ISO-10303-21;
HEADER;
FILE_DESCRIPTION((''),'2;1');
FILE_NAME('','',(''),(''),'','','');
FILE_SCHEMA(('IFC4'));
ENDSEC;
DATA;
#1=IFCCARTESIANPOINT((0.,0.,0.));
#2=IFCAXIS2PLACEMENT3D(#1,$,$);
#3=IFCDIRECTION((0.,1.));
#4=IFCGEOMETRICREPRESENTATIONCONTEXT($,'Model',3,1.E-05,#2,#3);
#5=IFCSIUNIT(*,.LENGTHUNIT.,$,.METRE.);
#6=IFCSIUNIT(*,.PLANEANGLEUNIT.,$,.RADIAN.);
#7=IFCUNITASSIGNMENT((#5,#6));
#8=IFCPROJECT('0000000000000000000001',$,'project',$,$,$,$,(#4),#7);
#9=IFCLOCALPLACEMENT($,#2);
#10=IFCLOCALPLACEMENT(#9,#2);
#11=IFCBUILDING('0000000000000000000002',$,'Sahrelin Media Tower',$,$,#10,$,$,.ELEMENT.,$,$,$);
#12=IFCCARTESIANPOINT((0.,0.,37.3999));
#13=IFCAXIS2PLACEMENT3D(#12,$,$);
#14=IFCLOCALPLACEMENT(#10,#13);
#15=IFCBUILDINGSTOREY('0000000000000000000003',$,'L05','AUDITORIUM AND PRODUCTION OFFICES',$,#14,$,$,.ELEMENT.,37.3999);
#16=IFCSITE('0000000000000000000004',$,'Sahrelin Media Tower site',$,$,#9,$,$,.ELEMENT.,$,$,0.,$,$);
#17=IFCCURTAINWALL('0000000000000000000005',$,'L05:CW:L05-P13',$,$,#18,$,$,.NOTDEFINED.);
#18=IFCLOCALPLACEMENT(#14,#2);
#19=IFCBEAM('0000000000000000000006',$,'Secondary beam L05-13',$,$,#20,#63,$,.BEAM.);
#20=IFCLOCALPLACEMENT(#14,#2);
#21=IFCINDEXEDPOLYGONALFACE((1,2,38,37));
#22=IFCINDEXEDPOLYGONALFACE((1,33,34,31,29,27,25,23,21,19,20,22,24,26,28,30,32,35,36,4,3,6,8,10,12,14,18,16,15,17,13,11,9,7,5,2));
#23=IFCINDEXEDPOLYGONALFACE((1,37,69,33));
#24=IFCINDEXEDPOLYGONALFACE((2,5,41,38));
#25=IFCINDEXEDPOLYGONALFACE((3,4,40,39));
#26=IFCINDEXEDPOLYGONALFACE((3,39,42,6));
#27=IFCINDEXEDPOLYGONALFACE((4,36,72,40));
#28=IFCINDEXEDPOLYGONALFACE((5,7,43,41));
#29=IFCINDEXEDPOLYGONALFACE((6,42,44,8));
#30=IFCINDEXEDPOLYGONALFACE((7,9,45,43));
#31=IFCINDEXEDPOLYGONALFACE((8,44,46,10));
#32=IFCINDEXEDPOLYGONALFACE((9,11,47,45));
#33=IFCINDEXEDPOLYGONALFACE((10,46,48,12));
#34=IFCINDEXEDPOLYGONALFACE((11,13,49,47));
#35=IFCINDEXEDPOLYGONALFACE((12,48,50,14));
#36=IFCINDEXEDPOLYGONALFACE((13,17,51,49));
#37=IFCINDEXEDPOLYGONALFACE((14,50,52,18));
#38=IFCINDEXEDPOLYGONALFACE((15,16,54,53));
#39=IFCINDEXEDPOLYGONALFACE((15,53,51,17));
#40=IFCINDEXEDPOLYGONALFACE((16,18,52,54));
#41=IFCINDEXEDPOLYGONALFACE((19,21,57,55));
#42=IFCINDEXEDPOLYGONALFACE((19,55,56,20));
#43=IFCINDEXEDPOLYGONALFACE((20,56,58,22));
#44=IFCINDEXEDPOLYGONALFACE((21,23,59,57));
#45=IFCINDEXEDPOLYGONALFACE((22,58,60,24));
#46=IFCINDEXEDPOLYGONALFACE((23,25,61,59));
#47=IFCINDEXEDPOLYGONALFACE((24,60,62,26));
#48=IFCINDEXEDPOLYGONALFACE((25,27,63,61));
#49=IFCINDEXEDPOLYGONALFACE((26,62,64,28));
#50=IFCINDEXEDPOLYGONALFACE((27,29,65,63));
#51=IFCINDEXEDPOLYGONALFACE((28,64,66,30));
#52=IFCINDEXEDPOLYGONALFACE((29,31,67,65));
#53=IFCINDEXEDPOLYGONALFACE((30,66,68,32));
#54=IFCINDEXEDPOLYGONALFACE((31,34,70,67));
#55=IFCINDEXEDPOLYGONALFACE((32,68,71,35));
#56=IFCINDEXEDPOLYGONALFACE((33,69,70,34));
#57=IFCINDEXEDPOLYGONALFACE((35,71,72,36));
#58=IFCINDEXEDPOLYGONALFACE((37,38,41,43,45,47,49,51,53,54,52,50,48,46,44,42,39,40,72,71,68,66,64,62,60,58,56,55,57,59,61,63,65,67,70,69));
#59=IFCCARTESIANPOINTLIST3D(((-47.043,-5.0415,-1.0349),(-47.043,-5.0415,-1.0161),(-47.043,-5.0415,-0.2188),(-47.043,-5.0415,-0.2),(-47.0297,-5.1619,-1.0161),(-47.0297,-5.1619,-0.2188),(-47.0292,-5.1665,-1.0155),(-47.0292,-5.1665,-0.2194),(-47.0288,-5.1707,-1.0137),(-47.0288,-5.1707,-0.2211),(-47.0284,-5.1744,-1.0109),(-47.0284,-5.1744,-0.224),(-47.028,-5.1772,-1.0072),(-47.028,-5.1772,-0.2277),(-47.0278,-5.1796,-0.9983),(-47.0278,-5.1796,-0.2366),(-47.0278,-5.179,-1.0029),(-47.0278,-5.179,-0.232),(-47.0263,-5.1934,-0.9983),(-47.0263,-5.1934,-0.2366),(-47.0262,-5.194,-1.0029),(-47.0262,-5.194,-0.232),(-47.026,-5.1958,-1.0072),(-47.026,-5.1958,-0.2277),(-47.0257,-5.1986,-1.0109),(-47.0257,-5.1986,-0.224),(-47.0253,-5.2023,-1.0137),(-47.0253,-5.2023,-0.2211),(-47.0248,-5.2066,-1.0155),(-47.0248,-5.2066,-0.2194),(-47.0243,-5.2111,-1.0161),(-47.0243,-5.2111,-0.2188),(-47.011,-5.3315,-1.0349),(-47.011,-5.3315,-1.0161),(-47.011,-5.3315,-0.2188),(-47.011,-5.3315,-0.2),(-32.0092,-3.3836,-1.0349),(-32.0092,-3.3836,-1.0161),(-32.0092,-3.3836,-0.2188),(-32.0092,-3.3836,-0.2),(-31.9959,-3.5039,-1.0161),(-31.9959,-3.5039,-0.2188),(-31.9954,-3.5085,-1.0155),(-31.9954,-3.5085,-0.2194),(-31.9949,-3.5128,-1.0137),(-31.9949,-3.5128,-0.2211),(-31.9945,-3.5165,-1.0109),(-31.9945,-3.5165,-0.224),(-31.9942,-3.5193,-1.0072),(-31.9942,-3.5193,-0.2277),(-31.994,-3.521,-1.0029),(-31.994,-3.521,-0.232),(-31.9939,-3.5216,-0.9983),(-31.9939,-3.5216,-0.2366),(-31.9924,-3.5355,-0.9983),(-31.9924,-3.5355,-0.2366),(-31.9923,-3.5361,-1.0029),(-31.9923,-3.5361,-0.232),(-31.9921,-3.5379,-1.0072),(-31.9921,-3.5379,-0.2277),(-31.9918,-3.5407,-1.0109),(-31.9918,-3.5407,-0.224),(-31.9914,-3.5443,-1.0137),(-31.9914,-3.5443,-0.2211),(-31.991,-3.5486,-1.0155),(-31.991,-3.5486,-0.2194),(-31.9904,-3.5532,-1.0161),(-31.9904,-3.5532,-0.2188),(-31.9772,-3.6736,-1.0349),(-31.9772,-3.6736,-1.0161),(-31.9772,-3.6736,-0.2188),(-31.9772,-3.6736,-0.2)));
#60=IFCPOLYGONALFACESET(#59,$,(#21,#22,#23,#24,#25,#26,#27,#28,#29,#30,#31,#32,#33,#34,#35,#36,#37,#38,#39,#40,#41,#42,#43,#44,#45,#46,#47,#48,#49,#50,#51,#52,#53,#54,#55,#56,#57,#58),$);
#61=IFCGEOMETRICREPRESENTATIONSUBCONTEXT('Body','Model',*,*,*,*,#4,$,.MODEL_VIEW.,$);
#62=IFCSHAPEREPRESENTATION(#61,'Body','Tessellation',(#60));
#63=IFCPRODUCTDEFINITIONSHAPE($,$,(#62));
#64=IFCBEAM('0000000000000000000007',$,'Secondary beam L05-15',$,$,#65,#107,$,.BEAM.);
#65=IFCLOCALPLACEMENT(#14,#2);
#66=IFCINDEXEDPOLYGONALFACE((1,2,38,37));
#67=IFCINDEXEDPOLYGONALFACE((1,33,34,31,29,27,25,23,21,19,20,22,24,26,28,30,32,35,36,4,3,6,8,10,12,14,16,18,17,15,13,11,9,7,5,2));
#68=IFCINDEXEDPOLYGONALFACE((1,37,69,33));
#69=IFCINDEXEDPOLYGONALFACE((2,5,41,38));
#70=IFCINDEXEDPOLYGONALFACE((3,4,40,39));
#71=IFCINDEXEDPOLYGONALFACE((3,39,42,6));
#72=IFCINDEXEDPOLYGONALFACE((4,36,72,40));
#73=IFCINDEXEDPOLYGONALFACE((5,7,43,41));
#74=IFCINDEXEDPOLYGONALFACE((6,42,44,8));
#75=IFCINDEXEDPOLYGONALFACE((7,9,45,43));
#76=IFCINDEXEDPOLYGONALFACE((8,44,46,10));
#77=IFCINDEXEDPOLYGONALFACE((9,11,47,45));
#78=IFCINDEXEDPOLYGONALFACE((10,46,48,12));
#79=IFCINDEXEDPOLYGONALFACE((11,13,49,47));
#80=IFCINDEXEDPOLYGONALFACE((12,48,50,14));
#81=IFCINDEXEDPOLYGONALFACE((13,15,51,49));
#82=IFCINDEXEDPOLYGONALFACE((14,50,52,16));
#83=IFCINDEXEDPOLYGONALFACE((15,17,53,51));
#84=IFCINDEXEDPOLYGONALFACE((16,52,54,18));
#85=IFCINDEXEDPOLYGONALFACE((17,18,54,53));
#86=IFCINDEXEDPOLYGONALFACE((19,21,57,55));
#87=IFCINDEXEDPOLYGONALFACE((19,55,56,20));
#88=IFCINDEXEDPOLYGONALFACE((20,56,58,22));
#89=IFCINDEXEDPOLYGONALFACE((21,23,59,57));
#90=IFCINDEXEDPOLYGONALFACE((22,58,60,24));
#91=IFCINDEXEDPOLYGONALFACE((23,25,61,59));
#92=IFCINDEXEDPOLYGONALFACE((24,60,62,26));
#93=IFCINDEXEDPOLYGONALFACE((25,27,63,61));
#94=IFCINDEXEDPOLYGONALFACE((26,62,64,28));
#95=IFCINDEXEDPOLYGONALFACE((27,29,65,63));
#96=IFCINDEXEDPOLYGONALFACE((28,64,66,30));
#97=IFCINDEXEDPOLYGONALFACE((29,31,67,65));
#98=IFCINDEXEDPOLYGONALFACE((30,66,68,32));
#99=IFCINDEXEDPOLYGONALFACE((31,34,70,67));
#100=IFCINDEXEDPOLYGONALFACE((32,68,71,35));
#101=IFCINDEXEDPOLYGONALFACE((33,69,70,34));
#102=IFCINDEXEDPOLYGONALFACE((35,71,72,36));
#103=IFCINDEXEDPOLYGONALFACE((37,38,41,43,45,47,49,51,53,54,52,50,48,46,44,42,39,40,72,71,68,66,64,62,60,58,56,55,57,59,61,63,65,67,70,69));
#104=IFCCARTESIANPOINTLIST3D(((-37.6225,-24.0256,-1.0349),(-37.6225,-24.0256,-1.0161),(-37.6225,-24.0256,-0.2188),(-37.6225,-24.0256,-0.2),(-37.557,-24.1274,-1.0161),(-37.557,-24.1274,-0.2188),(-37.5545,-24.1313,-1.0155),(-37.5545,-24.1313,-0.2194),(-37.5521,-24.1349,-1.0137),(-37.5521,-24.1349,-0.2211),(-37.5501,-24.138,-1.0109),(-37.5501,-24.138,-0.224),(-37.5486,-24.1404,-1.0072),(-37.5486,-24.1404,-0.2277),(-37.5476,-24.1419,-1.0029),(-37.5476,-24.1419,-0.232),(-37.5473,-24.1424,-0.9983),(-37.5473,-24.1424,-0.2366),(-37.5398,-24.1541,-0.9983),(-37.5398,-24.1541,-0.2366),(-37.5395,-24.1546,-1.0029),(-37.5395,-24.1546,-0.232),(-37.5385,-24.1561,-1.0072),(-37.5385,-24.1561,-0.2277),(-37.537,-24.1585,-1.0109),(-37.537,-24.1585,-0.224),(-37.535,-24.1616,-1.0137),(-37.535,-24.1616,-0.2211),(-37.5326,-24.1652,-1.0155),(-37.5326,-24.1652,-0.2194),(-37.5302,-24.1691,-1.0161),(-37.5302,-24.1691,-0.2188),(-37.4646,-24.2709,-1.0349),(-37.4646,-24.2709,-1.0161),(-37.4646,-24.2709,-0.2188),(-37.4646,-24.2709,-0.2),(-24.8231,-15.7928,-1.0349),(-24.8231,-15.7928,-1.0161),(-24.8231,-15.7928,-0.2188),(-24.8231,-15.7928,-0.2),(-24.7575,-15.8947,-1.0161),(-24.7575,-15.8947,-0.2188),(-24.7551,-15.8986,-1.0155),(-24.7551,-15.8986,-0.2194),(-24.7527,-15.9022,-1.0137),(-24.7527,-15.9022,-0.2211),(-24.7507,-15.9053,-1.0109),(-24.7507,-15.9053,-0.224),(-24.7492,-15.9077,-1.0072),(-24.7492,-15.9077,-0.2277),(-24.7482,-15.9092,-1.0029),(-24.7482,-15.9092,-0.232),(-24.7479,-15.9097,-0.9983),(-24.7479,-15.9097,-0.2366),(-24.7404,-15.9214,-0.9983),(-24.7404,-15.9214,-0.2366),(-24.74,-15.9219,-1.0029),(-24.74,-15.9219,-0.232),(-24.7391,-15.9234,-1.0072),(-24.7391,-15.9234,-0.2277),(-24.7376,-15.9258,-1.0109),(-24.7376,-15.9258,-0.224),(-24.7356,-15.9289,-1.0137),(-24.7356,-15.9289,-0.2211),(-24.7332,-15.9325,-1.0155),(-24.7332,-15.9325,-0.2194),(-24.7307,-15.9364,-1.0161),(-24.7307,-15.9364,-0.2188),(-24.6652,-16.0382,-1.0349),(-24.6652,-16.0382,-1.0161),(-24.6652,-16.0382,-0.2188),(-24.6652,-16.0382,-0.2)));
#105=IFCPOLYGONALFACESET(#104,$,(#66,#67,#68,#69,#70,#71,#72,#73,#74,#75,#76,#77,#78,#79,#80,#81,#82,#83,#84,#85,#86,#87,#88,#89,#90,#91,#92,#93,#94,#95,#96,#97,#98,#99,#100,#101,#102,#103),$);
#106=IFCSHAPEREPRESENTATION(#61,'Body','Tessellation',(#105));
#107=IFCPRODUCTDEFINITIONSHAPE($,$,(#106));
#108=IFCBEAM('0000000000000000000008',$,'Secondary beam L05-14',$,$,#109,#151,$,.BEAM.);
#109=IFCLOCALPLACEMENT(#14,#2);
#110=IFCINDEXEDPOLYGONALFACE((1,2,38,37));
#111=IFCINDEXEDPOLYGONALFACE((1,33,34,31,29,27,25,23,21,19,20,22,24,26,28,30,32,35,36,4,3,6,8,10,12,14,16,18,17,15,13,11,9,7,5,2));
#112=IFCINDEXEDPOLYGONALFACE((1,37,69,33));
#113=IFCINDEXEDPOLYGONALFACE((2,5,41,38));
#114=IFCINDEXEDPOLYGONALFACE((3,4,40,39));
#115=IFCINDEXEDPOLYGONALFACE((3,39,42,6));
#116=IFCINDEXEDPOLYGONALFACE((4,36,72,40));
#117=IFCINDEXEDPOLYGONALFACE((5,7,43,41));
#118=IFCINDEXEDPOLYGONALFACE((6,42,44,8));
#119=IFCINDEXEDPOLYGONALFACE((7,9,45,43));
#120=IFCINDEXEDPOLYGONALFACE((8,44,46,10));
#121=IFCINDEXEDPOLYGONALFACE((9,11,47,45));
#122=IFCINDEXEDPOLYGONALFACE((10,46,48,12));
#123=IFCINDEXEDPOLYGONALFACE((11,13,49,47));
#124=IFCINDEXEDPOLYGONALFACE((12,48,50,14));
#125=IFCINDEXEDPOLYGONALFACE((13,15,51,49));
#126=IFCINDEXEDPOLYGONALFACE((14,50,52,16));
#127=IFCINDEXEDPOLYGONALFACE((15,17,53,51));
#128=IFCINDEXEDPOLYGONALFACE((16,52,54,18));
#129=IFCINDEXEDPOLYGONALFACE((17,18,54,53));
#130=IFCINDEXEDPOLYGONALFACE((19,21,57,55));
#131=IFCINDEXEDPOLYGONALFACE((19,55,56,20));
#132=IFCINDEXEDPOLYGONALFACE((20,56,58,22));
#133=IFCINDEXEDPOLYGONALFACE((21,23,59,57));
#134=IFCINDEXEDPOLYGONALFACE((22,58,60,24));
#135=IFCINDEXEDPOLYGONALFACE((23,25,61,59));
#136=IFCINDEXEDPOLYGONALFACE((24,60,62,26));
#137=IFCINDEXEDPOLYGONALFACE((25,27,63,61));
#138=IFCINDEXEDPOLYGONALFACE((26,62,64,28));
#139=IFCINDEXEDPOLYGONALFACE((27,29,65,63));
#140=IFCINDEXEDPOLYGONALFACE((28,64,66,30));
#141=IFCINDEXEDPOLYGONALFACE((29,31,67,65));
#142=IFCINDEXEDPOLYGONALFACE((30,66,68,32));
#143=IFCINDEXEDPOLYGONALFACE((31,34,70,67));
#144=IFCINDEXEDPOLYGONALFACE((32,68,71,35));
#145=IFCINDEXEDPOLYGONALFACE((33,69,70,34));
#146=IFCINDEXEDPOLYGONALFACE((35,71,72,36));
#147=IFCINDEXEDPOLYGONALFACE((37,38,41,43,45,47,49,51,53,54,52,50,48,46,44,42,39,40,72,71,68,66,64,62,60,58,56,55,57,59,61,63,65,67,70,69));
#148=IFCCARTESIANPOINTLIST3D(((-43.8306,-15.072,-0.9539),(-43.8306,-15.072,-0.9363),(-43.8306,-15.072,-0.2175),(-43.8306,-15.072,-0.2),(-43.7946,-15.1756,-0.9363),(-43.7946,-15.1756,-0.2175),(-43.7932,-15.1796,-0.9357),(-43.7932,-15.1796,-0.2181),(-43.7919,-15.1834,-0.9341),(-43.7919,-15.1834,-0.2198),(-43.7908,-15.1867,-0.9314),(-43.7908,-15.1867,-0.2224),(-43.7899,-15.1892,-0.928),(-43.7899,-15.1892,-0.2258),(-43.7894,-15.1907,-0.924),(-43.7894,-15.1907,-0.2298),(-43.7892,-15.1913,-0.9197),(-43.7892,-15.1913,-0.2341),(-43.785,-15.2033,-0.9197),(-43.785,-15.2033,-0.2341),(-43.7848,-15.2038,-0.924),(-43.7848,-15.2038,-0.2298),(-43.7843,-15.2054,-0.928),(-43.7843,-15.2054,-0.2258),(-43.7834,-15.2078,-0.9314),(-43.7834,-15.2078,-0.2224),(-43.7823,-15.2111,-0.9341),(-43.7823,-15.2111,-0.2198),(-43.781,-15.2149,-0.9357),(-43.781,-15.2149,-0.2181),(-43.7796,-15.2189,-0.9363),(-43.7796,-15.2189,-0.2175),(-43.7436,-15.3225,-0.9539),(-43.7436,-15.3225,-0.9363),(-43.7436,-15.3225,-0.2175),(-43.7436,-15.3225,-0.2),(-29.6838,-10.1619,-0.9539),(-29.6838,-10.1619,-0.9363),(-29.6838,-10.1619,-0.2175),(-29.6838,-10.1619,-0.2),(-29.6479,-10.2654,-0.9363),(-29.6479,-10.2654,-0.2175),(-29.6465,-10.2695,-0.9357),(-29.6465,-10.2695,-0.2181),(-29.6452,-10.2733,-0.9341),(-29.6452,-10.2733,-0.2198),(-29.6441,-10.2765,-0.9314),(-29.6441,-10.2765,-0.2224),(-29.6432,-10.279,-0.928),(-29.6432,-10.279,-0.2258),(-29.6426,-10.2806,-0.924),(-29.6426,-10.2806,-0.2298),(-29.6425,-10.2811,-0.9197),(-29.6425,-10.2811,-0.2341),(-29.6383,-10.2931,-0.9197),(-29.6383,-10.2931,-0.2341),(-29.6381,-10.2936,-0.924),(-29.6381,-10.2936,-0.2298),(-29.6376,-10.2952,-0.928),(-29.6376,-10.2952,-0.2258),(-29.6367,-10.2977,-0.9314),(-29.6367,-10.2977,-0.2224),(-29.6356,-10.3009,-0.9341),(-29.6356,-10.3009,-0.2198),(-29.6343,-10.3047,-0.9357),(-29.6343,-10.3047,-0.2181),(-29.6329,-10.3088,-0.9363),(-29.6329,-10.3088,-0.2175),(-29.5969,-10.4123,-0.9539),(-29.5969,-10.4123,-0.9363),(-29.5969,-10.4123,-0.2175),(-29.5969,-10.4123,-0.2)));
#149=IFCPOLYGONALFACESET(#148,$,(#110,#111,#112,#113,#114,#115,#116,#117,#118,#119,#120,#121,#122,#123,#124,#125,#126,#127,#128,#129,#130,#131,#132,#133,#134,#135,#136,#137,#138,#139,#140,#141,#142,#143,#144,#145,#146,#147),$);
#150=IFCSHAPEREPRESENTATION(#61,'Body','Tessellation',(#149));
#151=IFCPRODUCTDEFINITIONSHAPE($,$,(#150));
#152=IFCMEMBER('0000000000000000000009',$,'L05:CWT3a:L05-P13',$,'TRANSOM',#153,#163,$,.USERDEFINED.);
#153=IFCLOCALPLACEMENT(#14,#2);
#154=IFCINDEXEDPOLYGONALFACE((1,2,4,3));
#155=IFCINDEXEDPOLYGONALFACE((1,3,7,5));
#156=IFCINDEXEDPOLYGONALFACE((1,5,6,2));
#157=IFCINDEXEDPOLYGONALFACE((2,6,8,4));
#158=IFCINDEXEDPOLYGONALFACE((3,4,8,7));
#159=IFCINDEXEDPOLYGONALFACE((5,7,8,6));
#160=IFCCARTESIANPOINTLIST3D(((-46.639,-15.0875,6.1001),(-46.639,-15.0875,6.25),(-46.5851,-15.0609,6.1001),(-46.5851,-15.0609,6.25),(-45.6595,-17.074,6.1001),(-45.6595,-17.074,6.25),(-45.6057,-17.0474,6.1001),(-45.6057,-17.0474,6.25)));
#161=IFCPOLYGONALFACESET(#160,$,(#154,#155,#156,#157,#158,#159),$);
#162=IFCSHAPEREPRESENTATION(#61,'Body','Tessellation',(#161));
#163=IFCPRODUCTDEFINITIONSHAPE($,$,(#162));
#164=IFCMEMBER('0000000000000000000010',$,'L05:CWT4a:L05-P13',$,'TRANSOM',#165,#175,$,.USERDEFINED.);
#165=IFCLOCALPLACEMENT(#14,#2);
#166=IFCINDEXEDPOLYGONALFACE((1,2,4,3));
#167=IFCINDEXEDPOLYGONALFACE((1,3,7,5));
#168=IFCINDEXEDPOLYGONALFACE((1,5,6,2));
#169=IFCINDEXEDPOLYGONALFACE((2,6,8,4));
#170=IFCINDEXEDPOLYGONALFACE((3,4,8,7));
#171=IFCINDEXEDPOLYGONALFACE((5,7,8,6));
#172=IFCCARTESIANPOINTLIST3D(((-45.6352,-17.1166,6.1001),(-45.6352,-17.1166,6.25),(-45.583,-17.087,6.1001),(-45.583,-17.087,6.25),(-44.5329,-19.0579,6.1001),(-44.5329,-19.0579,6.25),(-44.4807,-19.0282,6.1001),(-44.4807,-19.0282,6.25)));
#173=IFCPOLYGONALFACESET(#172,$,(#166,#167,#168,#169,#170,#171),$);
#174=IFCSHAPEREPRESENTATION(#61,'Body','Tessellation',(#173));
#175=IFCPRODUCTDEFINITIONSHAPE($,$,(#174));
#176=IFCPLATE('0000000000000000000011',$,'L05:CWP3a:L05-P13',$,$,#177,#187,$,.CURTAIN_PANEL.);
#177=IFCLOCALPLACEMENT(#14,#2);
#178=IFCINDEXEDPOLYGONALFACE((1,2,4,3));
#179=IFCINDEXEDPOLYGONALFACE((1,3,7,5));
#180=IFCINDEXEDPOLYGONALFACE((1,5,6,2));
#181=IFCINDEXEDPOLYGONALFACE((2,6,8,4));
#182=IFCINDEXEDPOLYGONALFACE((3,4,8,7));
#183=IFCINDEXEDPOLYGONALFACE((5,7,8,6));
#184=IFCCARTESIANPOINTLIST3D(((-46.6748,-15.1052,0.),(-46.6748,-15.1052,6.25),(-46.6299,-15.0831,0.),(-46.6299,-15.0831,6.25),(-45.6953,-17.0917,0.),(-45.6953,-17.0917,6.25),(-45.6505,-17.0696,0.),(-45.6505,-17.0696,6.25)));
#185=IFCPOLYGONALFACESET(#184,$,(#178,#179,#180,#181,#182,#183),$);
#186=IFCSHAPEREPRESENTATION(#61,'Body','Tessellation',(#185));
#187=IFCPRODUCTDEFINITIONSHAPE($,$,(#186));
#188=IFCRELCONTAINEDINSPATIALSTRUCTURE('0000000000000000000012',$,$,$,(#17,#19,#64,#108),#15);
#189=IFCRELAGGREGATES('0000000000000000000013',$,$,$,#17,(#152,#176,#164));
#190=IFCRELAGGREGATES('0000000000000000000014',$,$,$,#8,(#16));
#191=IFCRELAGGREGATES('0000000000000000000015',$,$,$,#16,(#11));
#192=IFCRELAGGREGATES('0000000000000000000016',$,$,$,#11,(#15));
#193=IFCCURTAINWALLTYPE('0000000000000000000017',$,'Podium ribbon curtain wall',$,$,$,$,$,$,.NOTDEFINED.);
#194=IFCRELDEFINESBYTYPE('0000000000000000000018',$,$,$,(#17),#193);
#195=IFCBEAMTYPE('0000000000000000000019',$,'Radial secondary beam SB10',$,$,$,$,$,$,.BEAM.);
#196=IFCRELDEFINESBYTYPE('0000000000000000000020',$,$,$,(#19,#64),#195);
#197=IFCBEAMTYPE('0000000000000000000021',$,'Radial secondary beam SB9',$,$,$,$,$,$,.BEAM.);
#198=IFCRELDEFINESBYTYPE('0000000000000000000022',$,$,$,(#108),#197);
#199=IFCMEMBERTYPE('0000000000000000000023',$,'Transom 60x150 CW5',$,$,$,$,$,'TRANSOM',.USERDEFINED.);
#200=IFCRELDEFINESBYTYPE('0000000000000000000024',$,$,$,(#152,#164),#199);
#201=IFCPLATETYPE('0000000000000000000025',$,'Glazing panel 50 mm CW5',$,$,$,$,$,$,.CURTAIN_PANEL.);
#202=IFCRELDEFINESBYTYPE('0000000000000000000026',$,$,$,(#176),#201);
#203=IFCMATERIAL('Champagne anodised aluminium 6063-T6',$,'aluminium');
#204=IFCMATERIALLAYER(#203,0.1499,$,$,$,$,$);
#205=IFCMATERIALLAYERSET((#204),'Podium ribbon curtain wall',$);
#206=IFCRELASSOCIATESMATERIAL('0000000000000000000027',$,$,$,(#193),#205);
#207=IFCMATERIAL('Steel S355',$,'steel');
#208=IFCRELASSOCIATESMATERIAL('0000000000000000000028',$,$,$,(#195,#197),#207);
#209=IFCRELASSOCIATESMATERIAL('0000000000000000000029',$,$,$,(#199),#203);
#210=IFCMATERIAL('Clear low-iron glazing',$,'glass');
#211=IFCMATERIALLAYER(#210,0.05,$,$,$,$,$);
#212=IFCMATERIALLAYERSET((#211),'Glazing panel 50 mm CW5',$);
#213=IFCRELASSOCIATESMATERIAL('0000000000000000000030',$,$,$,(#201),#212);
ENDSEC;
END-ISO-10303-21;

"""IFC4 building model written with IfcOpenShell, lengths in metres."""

from ifc_helpers import new_model, si_unit, direction, frame, origin, origin_2d, place, context, subcontext, project, spatial, polyline, rectangle, i_section, outline, extrude, material, layer, layer_set, material_profile, profile_set, type_object, element, aggregate, save


model = new_model("IFC4")

# Units and contexts
model_context = context("Model", 3, precision=1e-05, world=origin(), true_north=direction((0.0, 1.0)))
body_context = subcontext(model_context, "Body", "Model", "MODEL_VIEW")
ifc_project = project(units=[si_unit("LENGTHUNIT", "METRE"), si_unit("PLANEANGLEUNIT", "RADIAN")], contexts=[model_context])

# Site, building, storey
site_placement = place(None, origin())
site = spatial("IfcSite", under=ifc_project, at=site_placement, Name="Sahrelin Media Tower site", CompositionType="ELEMENT", RefElevation=0.0)
building_placement = place(site_placement, origin())
building = spatial("IfcBuilding", under=site, at=building_placement, Name="Sahrelin Media Tower", CompositionType="ELEMENT")
storey_placement = place(building_placement, frame((0.0, 0.0, 37.3999)))
storey = spatial("IfcBuildingStorey", under=building, at=storey_placement, Name="L05", Description="AUDITORIUM AND PRODUCTION OFFICES", CompositionType="ELEMENT", Elevation=37.3999)

# Curtain wall
ifc_material_1 = material(Name="Champagne anodised aluminium 6063-T6", Category="aluminium")
ifc_layer_1 = layer(ifc_material_1, 0.1499)
ifc_layer_set_1 = layer_set([ifc_layer_1], Name="Podium ribbon curtain wall")
curtain_wall_type = type_object("IfcCurtainWallType", Name="Podium ribbon curtain wall", PredefinedType="NOTDEFINED", material=ifc_layer_set_1)
curtain_wall_placement = place(storey_placement, frame((-48.2964, -10.8704, 0.0), z_axis=(0.0, 0.0, 1.0), x_axis=(1.0, 0.0, 0.0)))
curtain_wall = element("IfcCurtainWall", 1, at=curtain_wall_placement, inside=storey, type_object=curtain_wall_type, Name="L05:CW:L05-P13", PredefinedType="NOTDEFINED")

# Beams
ifc_material_2 = material(Name="Steel S355", Category="steel")
ifc_material_profile_1 = material_profile(ifc_material_2, i_section(OverallWidth=0.2917, OverallDepth=0.835, WebThickness=0.0139, FlangeThickness=0.0188, FilletRadius=0.0178, at=origin_2d()), Name="UB 838x292x176")
ifc_profile_set_1 = profile_set([ifc_material_profile_1], Name="Steel S355")
beam_type_1 = type_object("IfcBeamType", Name="Radial secondary beam SB10", PredefinedType="BEAM", material=ifc_profile_set_1)
beam_1_placement = place(storey_placement, frame((-31.9932, -3.5286, -0.6174), z_axis=(-0.993974, -0.109617, 0.0), x_axis=(0.109617, -0.993974, 0.0)))
element("IfcBeam", 2, at=beam_1_placement, inside=storey, type_object=beam_type_1, Name="Secondary beam L05-13", PredefinedType="BEAM", context=body_context, shape_type="SweptSolid", body=[
    extrude(i_section(OverallWidth=0.2917, OverallDepth=0.835, WebThickness=0.0139, FlangeThickness=0.0188, FilletRadius=0.0178, at=origin_2d()), origin(), (0.0, 0.0, 1.0), 15.125),
])
beam_2_placement = place(storey_placement, frame((-24.7441, -15.9155, -0.6174), z_axis=(-0.841043, -0.540968, 0.0), x_axis=(0.540968, -0.841043, 0.0)))
element("IfcBeam", 3, at=beam_2_placement, inside=storey, type_object=beam_type_1, Name="Secondary beam L05-15", PredefinedType="BEAM", context=body_context, shape_type="SweptSolid", body=[
    extrude(i_section(OverallWidth=0.2917, OverallDepth=0.835, WebThickness=0.0139, FlangeThickness=0.0188, FilletRadius=0.0178, at=origin_2d()), origin(), (0.0, 0.0, 1.0), 15.2185),
])
ifc_material_profile_2 = material_profile(ifc_material_2, i_section(OverallWidth=0.2651, OverallDepth=0.7539, WebThickness=0.0127, FlangeThickness=0.0176, FilletRadius=0.0166, at=origin_2d()), Name="UB 762x267x147")
ifc_profile_set_2 = profile_set([ifc_material_profile_2], Name="Steel S355")
beam_type_2 = type_object("IfcBeamType", Name="Radial secondary beam SB9", PredefinedType="BEAM", material=ifc_profile_set_2)
beam_3_placement = place(storey_placement, frame((-29.6404, -10.2871, -0.5769), z_axis=(-0.944713, -0.327898, 0.0), x_axis=(0.327898, -0.944713, 0.0)))
element("IfcBeam", 4, at=beam_3_placement, inside=storey, type_object=beam_type_2, Name="Secondary beam L05-14", PredefinedType="BEAM", context=body_context, shape_type="SweptSolid", body=[
    extrude(i_section(OverallWidth=0.2651, OverallDepth=0.7539, WebThickness=0.0127, FlangeThickness=0.0176, FilletRadius=0.0166, at=origin_2d()), origin(), (0.0, 0.0, 1.0), 14.9746),
])

# Members
ifc_material_profile_3 = material_profile(ifc_material_1, rectangle(XDim=0.0601, YDim=0.1499, at=origin_2d()), Name="Transom 60x150")
ifc_profile_set_3 = profile_set([ifc_material_profile_3], Name="Champagne anodised aluminium 6063-T6")
member_type_1 = type_object("IfcMemberType", Name="Transom 60x150 CW5", ElementType="TRANSOM", PredefinedType="USERDEFINED", material=ifc_profile_set_3)
member_1_placement = place(storey_placement, frame((-46.6121, -15.0742, 6.175), z_axis=(0.442224, -0.896904, 0.0), x_axis=(0.896904, 0.442224, 0.0)))
member_1 = element("IfcMember", 5, at=member_1_placement, type_object=member_type_1, Name="L05:CWT3a:L05-P13", ObjectType="TRANSOM", PredefinedType="USERDEFINED", context=body_context, shape_type="SweptSolid", body=[
    extrude(rectangle(XDim=0.0601, YDim=0.1499, at=origin_2d()), origin(), (0.0, 0.0, 1.0), 2.2148),
])
member_2_placement = place(storey_placement, frame((-45.6091, -17.1018, 6.175), z_axis=(0.493793, -0.869579, 0.0), x_axis=(0.869579, 0.493793, 0.0)))
member_2 = element("IfcMember", 6, at=member_2_placement, type_object=member_type_1, Name="L05:CWT4a:L05-P13", ObjectType="TRANSOM", PredefinedType="USERDEFINED", context=body_context, shape_type="SweptSolid", body=[
    extrude(rectangle(XDim=0.0601, YDim=0.1499, at=origin_2d()), origin(), (0.0, 0.0, 1.0), 2.2324),
])

# Plate
ifc_material_3 = material(Name="Clear low-iron glazing", Category="glass")
ifc_layer_2 = layer(ifc_material_3, 0.05)
ifc_layer_set_2 = layer_set([ifc_layer_2], Name="Glazing panel 50 mm CW5")
plate_type = type_object("IfcPlateType", Name="Glazing panel 50 mm CW5", PredefinedType="CURTAIN_PANEL", material=ifc_layer_set_2)
plate_1_placement = place(storey_placement, frame((-46.6748, -15.1052, 0.0), z_axis=(-0.896904, -0.442224, 0.0), x_axis=(0.442224, -0.896904, 0.0)))
plate_1 = element("IfcPlate", 7, at=plate_1_placement, type_object=plate_type, Name="L05:CWP3a:L05-P13", PredefinedType="CURTAIN_PANEL", context=body_context, shape_type="SweptSolid", body=[
    extrude(outline(polyline([(0.0, 0.0), (2.2148, 0.0), (2.2148, 6.25), (0.0, 6.25), (0.0, 0.0)])), origin(), (0.0, 0.0, -1.0), 0.05),
])
aggregate(curtain_wall, [member_1, plate_1, member_2])

save(model, "model.ifc")
